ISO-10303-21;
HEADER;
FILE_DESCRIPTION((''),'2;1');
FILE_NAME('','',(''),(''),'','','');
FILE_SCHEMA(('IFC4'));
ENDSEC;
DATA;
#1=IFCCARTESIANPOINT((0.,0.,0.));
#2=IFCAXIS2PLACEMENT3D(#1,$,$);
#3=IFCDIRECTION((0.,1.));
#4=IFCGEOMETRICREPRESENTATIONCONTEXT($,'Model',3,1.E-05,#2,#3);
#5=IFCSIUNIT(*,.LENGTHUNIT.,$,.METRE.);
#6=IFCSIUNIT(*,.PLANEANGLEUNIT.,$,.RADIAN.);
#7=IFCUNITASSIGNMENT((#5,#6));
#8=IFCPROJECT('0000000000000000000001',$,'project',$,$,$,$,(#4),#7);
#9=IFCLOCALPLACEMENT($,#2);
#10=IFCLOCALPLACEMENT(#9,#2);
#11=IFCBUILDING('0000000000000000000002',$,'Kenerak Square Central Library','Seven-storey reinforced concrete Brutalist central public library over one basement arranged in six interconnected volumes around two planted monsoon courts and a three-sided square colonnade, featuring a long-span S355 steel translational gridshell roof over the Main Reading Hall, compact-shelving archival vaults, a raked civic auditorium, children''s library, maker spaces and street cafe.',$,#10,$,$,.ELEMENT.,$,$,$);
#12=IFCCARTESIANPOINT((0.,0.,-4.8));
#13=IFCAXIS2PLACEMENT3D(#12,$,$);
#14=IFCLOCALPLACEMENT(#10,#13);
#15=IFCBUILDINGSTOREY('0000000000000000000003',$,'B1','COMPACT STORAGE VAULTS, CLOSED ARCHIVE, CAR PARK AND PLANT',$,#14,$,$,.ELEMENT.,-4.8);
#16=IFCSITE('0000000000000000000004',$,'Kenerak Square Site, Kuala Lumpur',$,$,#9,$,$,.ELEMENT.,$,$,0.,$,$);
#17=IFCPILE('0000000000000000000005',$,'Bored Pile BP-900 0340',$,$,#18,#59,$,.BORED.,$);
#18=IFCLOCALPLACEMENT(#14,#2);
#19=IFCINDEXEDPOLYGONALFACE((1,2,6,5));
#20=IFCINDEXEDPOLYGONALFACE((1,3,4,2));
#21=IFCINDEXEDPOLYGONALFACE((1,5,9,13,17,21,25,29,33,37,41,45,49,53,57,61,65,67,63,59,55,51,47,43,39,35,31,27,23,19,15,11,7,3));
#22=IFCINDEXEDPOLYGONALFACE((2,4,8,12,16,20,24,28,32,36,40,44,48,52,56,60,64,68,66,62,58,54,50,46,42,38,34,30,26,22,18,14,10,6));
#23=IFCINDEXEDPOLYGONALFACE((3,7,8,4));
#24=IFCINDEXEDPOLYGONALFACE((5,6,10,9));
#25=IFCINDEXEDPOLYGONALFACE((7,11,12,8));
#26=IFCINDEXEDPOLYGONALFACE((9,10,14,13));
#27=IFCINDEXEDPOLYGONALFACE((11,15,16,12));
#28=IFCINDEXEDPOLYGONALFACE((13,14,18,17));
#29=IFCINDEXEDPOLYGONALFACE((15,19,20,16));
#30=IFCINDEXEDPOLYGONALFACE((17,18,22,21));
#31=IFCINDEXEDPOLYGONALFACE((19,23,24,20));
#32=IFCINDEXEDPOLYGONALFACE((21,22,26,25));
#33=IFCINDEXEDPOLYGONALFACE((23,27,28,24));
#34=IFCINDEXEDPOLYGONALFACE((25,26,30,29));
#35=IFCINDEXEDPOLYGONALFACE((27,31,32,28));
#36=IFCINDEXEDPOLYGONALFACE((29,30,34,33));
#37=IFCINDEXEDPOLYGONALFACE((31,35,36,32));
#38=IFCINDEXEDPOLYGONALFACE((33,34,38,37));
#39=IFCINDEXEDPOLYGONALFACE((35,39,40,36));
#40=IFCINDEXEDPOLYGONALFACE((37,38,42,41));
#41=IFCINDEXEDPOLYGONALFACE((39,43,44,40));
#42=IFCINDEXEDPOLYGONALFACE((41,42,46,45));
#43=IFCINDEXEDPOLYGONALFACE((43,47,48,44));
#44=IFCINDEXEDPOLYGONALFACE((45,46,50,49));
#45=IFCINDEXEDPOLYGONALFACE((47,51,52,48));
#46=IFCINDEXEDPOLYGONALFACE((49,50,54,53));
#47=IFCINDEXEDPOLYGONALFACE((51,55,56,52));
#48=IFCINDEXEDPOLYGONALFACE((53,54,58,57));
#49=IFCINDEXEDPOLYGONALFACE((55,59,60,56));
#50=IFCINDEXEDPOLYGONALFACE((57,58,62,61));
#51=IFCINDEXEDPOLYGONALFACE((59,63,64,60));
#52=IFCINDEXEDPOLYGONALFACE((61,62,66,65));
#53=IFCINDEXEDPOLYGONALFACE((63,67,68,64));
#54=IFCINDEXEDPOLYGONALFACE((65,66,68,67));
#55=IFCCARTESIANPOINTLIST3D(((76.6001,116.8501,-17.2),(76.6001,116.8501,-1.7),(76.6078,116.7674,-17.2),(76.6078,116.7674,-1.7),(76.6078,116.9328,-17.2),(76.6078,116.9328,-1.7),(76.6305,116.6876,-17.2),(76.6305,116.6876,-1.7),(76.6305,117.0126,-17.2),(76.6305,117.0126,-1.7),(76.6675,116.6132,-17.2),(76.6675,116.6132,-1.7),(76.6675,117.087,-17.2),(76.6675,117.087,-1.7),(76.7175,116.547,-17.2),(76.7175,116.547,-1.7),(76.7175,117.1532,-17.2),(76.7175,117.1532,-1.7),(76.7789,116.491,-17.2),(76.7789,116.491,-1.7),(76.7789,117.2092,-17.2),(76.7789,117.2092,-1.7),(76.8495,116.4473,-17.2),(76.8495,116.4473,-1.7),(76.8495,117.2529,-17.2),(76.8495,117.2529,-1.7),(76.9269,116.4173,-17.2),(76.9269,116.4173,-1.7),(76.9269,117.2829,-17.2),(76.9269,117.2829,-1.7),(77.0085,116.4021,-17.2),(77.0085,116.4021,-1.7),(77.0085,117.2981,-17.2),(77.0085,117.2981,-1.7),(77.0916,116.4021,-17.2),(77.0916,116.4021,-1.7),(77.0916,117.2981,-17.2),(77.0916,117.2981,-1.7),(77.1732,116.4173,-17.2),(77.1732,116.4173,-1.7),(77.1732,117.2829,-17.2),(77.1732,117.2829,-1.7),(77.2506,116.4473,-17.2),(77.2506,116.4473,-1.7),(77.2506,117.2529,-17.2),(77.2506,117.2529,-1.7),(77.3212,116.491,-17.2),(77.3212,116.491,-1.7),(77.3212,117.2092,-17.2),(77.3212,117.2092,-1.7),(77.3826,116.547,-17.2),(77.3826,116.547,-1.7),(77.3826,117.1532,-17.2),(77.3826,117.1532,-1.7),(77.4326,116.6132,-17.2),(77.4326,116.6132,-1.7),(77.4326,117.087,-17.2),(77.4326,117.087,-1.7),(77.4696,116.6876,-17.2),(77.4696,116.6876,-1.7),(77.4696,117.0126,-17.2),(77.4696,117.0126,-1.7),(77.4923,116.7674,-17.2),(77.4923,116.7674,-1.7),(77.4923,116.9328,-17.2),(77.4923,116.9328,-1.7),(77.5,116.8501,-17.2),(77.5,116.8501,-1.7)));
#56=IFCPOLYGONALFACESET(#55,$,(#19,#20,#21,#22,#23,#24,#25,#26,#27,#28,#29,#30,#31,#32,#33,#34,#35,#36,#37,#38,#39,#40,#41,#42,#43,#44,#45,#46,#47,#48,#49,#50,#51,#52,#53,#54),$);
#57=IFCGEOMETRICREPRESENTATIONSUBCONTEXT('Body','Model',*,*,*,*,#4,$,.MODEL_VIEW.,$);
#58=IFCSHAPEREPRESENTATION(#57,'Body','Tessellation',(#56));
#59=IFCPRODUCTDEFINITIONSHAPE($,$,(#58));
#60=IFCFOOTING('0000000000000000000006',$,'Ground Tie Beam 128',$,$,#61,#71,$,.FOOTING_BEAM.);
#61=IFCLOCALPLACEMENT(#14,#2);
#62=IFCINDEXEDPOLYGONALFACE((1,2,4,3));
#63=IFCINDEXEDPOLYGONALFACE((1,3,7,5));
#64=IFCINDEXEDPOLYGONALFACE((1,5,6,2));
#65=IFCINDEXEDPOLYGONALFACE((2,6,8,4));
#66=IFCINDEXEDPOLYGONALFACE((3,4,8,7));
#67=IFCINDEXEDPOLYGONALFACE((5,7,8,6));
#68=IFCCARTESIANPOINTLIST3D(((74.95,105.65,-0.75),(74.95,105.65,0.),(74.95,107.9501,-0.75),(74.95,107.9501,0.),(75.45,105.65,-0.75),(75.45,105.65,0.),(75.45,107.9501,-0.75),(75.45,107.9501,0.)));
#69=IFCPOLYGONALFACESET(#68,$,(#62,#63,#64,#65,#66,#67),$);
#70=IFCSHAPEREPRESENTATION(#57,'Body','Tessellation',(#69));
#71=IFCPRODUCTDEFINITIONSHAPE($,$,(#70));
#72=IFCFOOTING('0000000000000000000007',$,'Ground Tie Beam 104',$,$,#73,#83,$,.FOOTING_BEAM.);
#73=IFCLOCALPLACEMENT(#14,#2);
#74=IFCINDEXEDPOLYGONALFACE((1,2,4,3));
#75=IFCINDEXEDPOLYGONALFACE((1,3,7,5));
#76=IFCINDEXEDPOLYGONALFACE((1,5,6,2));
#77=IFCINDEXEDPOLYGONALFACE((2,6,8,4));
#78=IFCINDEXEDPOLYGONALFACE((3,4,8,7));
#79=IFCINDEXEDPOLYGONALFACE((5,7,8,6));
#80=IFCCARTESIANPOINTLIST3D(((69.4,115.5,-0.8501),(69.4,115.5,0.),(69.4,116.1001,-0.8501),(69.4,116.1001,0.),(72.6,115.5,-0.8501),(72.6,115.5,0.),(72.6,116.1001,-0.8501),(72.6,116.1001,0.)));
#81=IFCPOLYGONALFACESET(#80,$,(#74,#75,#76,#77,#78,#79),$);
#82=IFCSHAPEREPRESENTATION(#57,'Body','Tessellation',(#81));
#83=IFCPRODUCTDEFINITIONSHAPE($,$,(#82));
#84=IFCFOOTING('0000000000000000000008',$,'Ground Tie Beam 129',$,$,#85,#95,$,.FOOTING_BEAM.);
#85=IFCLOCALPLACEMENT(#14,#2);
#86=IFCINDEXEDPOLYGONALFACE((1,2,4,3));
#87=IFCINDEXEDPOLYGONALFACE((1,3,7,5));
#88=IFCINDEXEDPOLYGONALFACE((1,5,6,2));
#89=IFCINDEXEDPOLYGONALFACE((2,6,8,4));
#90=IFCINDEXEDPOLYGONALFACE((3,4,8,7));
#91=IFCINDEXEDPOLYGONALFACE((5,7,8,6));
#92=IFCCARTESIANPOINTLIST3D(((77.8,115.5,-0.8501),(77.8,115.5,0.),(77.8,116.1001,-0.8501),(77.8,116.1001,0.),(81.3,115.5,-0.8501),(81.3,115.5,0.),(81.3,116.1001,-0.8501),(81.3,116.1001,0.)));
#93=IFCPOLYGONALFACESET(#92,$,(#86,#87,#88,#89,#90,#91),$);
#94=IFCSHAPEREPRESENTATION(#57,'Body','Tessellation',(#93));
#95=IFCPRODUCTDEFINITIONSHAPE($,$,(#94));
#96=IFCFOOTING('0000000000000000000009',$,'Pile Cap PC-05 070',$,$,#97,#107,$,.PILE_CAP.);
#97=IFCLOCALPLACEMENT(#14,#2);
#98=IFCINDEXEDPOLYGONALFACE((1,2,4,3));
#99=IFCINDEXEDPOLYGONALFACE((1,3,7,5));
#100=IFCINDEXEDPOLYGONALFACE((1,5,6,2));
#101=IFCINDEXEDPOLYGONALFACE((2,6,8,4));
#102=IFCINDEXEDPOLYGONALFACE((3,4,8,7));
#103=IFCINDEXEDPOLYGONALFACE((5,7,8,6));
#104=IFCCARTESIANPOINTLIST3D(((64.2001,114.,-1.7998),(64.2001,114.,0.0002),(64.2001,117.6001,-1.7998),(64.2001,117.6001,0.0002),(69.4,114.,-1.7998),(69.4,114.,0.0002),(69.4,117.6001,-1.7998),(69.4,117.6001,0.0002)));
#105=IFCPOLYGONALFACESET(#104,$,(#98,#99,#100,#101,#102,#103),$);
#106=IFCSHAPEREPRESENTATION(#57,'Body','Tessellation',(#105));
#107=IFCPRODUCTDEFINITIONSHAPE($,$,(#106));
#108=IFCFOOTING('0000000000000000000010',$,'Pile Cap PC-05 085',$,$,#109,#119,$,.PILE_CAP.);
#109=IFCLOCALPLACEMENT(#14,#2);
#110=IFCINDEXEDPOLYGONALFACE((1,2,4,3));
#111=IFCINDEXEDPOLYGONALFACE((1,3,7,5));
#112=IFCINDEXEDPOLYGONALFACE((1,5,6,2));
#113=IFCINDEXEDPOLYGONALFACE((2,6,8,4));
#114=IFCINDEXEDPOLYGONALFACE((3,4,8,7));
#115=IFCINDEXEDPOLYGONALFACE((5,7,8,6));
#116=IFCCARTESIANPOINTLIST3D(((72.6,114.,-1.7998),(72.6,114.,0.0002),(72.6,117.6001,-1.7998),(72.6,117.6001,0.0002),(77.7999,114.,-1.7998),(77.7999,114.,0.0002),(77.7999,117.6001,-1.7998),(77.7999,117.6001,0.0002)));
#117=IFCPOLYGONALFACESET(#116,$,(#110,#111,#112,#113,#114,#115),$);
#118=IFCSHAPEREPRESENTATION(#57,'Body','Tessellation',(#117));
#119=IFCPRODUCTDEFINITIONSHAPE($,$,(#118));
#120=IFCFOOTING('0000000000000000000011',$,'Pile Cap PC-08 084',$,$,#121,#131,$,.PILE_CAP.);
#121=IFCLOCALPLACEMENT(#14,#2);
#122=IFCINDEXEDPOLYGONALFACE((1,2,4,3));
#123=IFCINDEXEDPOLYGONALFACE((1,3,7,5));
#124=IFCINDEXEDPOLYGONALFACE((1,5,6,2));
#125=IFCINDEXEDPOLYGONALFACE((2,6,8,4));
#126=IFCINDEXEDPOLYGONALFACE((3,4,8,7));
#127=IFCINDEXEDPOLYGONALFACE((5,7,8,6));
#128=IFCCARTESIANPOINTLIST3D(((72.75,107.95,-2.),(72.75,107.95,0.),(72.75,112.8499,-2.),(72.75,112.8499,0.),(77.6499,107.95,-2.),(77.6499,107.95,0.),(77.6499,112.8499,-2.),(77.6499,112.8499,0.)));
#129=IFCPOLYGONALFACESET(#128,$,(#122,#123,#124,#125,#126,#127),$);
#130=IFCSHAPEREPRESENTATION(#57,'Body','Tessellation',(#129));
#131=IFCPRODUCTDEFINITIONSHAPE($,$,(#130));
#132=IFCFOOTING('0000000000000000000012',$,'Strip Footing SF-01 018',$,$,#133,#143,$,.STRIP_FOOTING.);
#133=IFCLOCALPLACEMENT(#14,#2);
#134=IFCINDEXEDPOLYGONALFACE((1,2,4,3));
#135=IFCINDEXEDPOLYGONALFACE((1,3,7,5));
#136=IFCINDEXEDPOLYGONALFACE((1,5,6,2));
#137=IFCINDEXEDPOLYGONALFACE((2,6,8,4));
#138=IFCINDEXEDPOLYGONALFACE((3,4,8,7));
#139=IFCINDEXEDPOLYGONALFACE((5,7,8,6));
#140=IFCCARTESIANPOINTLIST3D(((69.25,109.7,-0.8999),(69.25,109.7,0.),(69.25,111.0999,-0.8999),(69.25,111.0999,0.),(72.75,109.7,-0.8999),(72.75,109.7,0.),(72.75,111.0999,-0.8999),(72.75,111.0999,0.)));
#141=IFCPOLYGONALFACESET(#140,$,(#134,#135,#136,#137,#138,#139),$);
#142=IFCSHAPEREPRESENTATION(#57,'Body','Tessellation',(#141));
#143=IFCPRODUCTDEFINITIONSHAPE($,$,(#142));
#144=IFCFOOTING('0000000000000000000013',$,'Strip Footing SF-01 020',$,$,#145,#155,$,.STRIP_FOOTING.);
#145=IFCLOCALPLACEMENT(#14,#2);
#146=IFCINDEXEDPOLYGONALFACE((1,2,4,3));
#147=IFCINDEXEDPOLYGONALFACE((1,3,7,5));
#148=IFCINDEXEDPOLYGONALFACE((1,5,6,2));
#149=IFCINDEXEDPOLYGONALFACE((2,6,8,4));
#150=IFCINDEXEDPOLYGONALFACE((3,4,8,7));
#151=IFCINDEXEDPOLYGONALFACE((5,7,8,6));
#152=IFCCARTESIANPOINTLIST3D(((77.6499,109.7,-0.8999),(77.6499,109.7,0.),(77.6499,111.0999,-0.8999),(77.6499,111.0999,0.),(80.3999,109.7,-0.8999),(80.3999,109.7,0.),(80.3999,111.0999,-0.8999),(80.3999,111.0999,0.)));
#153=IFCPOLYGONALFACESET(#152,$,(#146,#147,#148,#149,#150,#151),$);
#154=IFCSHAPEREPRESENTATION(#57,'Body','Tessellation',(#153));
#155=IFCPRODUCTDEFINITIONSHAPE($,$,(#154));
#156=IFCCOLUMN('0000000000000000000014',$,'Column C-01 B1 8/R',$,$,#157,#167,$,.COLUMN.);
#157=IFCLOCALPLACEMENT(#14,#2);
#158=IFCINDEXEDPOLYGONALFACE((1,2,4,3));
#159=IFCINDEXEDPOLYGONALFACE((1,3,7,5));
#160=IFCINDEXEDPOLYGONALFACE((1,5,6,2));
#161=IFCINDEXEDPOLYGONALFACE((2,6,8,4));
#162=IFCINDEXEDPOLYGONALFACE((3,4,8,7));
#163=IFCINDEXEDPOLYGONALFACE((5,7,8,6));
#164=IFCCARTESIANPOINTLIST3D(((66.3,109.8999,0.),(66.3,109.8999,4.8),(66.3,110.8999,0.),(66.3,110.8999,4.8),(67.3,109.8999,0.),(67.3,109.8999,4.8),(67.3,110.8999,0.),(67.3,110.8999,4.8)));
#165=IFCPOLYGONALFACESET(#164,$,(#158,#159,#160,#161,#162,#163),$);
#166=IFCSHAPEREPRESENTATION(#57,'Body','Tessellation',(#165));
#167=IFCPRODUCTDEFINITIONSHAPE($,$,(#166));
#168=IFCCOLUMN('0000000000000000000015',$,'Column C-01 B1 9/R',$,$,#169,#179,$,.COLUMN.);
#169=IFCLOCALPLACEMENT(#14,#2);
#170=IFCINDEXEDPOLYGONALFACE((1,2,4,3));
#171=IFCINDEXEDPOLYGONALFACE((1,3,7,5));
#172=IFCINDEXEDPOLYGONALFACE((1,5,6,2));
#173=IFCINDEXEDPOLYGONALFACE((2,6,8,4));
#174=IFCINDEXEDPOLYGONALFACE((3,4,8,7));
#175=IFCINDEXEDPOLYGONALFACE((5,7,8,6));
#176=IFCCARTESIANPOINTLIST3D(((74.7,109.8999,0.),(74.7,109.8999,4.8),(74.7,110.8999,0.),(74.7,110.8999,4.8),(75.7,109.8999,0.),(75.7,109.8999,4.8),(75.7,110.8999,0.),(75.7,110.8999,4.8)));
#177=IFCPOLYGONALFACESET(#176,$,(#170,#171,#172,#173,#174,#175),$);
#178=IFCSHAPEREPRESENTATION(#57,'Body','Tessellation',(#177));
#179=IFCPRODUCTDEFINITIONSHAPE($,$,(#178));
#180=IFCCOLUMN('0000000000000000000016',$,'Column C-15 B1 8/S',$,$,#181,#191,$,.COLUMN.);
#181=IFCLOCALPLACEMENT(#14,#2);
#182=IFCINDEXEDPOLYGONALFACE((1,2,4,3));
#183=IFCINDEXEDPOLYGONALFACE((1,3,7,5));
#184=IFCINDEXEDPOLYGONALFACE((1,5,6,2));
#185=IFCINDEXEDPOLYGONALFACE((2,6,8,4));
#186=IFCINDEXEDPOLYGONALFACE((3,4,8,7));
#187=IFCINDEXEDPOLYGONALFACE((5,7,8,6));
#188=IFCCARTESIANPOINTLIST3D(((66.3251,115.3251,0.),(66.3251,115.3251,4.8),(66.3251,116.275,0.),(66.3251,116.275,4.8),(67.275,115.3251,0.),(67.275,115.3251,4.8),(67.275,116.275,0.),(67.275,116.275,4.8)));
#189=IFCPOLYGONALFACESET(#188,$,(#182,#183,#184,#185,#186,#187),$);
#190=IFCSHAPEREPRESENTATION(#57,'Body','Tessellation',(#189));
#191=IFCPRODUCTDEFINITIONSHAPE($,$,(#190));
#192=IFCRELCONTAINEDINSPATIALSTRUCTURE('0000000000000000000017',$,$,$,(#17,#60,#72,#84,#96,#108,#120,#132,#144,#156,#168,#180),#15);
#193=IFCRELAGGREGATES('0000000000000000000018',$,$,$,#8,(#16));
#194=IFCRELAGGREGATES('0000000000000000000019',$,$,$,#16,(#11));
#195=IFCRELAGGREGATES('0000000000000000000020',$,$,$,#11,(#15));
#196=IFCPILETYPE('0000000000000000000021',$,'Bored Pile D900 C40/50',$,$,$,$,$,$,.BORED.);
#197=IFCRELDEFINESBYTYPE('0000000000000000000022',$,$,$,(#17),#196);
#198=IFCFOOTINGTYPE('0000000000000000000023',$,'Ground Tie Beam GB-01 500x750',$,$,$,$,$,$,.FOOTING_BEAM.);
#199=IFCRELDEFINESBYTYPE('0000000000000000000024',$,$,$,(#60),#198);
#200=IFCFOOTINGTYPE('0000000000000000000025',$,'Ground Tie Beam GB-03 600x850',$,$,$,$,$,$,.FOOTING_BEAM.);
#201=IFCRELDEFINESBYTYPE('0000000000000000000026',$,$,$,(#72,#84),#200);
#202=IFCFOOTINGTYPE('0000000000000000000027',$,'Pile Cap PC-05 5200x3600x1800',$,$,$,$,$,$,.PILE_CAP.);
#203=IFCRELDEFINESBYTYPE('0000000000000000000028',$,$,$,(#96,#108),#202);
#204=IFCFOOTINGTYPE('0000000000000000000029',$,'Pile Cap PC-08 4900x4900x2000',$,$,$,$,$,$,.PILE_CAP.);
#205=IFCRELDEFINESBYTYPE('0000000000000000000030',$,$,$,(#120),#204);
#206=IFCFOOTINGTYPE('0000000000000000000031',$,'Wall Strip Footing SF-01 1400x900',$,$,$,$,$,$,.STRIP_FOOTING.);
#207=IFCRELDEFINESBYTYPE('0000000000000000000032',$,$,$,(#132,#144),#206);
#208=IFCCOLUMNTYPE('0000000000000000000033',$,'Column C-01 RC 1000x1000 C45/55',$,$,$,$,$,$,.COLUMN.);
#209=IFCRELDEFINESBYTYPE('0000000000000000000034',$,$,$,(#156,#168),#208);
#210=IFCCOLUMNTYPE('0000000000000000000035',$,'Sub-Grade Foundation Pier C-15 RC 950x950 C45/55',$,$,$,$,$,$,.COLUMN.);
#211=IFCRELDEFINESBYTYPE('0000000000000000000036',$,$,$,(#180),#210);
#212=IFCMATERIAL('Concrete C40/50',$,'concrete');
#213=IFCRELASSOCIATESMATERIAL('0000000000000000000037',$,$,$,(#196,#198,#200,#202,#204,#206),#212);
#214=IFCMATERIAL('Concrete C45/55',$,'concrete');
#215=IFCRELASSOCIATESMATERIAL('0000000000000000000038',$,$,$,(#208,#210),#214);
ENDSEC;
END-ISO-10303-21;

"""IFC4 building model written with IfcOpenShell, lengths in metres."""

from ifc_helpers import new_model, si_unit, direction, frame, origin, origin_2d, place, context, subcontext, project, spatial, rectangle, circle, extrude, material, material_profile, profile_set, type_object, element, save


model = new_model("IFC4")

# Units and contexts
model_context = context("Model", 3, precision=1e-05, world=origin(), true_north=direction((0.0, 1.0)))
body_context = subcontext(model_context, "Body", "Model", "MODEL_VIEW")
ifc_project = project(units=[si_unit("LENGTHUNIT", "METRE"), si_unit("PLANEANGLEUNIT", "RADIAN")], contexts=[model_context])

# Site, building, storey
site_placement = place(None, origin())
site = spatial("IfcSite", under=ifc_project, at=site_placement, Name="Kenerak Square Site, Kuala Lumpur", CompositionType="ELEMENT", RefElevation=0.0)
building_placement = place(site_placement, origin())
building = spatial("IfcBuilding", under=site, at=building_placement, Name="Kenerak Square Central Library", Description="Seven-storey reinforced concrete Brutalist central public library over one basement arranged in six interconnected volumes around two planted monsoon courts and a three-sided square colonnade, featuring a long-span S355 steel translational gridshell roof over the Main Reading Hall, compact-shelving archival vaults, a raked civic auditorium, children's library, maker spaces and street cafe.", CompositionType="ELEMENT")
storey_placement = place(building_placement, frame((0.0, 0.0, -4.8)))
storey = spatial("IfcBuildingStorey", under=building, at=storey_placement, Name="B1", Description="COMPACT STORAGE VAULTS, CLOSED ARCHIVE, CAR PARK AND PLANT", CompositionType="ELEMENT", Elevation=-4.8)

# Pile
ifc_material_1 = material(Name="Concrete C40/50", Category="concrete")
ifc_material_profile_1 = material_profile(ifc_material_1, circle(Radius=0.45, at=origin_2d()), Name="BP D900")
ifc_profile_set_1 = profile_set([ifc_material_profile_1], Name="Concrete C40/50")
pile_type_1 = type_object("IfcPileType", Name="Bored Pile D900 C40/50", PredefinedType="BORED", material=ifc_profile_set_1)
for number, where, z_axis, x_axis, name in (
    (1, (77.05, 116.8501, -1.7), (0.0, 0.0, -1.0), (1.0, 0.0, 0.0), "Bored Pile BP-900 0340"),
):
    element("IfcPile", number, at=place(storey_placement, frame(where, z_axis=z_axis, x_axis=x_axis)), inside=storey, type_object=pile_type_1, Name=name, PredefinedType="BORED", context=body_context, shape_type="SweptSolid", body=[
        extrude(circle(Radius=0.45, at=origin_2d()), origin(), (0.0, 0.0, 1.0), 15.5),
    ])

# Footings
footing_type_1 = type_object("IfcFootingType", Name="Ground Tie Beam GB-01 500x750", PredefinedType="FOOTING_BEAM", material=ifc_material_1)
footing_1_placement = place(storey_placement, frame((75.2, 106.8, -0.75), z_axis=(0.0, 0.0, 1.0), x_axis=(1.0, 0.0, 0.0)))
element("IfcFooting", 2, at=footing_1_placement, inside=storey, type_object=footing_type_1, Name="Ground Tie Beam 128", PredefinedType="FOOTING_BEAM", context=body_context, shape_type="SweptSolid", body=[
    extrude(rectangle(XDim=0.5, YDim=2.3, at=origin_2d()), origin(), (0.0, 0.0, 1.0), 0.75),
])
footing_type_2 = type_object("IfcFootingType", Name="Ground Tie Beam GB-03 600x850", PredefinedType="FOOTING_BEAM", material=ifc_material_1)
footing_2_placement = place(storey_placement, frame((71.0, 115.8, -0.8501), z_axis=(0.0, 0.0, 1.0), x_axis=(1.0, 0.0, 0.0)))
element("IfcFooting", 3, at=footing_2_placement, inside=storey, type_object=footing_type_2, Name="Ground Tie Beam 104", PredefinedType="FOOTING_BEAM", context=body_context, shape_type="SweptSolid", body=[
    extrude(rectangle(XDim=3.2, YDim=0.6001, at=origin_2d()), origin(), (0.0, 0.0, 1.0), 0.8501),
])
footing_3_placement = place(storey_placement, frame((79.55, 115.8, -0.8501), z_axis=(0.0, 0.0, 1.0), x_axis=(1.0, 0.0, 0.0)))
element("IfcFooting", 4, at=footing_3_placement, inside=storey, type_object=footing_type_2, Name="Ground Tie Beam 129", PredefinedType="FOOTING_BEAM", context=body_context, shape_type="SweptSolid", body=[
    extrude(rectangle(XDim=3.5, YDim=0.6001, at=origin_2d()), origin(), (0.0, 0.0, 1.0), 0.8501),
])
footing_type_3 = type_object("IfcFootingType", Name="Pile Cap PC-05 5200x3600x1800", PredefinedType="PILE_CAP", material=ifc_material_1)
for number, where, z_axis, x_axis, name in (
    (5, (66.8, 115.8, -1.7998), (0.0, 0.0, 1.0), (1.0, 0.0, 0.0), "Pile Cap PC-05 070"),
    (6, (75.2, 115.8, -1.7998), (0.0, 0.0, 1.0), (1.0, 0.0, 0.0), "Pile Cap PC-05 085"),
):
    element("IfcFooting", number, at=place(storey_placement, frame(where, z_axis=z_axis, x_axis=x_axis)), inside=storey, type_object=footing_type_3, Name=name, PredefinedType="PILE_CAP", context=body_context, shape_type="SweptSolid", body=[
        extrude(rectangle(XDim=5.2, YDim=3.6001, at=origin_2d()), origin(), (0.0, 0.0, 1.0), 1.8),
    ])
footing_type_4 = type_object("IfcFootingType", Name="Pile Cap PC-08 4900x4900x2000", PredefinedType="PILE_CAP", material=ifc_material_1)
footing_4_placement = place(storey_placement, frame((75.2, 110.3999, -2.0), z_axis=(0.0, 0.0, 1.0), x_axis=(1.0, 0.0, 0.0)))
element("IfcFooting", 7, at=footing_4_placement, inside=storey, type_object=footing_type_4, Name="Pile Cap PC-08 084", PredefinedType="PILE_CAP", context=body_context, shape_type="SweptSolid", body=[
    extrude(rectangle(XDim=4.8999, YDim=4.8999, at=origin_2d()), origin(), (0.0, 0.0, 1.0), 2.0),
])
footing_type_5 = type_object("IfcFootingType", Name="Wall Strip Footing SF-01 1400x900", PredefinedType="STRIP_FOOTING", material=ifc_material_1)
footing_5_placement = place(storey_placement, frame((71.0, 110.3999, -0.8999), z_axis=(0.0, 0.0, 1.0), x_axis=(1.0, 0.0, 0.0)))
element("IfcFooting", 8, at=footing_5_placement, inside=storey, type_object=footing_type_5, Name="Strip Footing SF-01 018", PredefinedType="STRIP_FOOTING", context=body_context, shape_type="SweptSolid", body=[
    extrude(rectangle(XDim=3.5, YDim=1.3999, at=origin_2d()), origin(), (0.0, 0.0, 1.0), 0.8999),
])
footing_6_placement = place(storey_placement, frame((79.0249, 110.3999, -0.8999), z_axis=(0.0, 0.0, 1.0), x_axis=(1.0, 0.0, 0.0)))
element("IfcFooting", 9, at=footing_6_placement, inside=storey, type_object=footing_type_5, Name="Strip Footing SF-01 020", PredefinedType="STRIP_FOOTING", context=body_context, shape_type="SweptSolid", body=[
    extrude(rectangle(XDim=2.75, YDim=1.3999, at=origin_2d()), origin(), (0.0, 0.0, 1.0), 0.8999),
])

# Columns
ifc_material_2 = material(Name="Concrete C45/55", Category="concrete")
ifc_material_profile_2 = material_profile(ifc_material_2, rectangle(XDim=1.0, YDim=1.0, at=origin_2d()), Name="RC 1000x1000")
ifc_profile_set_2 = profile_set([ifc_material_profile_2], Name="Concrete C45/55")
column_type_1 = type_object("IfcColumnType", Name="Column C-01 RC 1000x1000 C45/55", PredefinedType="COLUMN", material=ifc_profile_set_2)
for number, where, z_axis, x_axis, name in (
    (10, (66.8, 110.3999, 0.0), (0.0, 0.0, 1.0), (1.0, 0.0, 0.0), "Column C-01 B1 8/R"),
    (11, (75.2, 110.3999, 0.0), (0.0, 0.0, 1.0), (1.0, 0.0, 0.0), "Column C-01 B1 9/R"),
):
    element("IfcColumn", number, at=place(storey_placement, frame(where, z_axis=z_axis, x_axis=x_axis)), inside=storey, type_object=column_type_1, Name=name, PredefinedType="COLUMN", context=body_context, shape_type="SweptSolid", body=[
        extrude(rectangle(XDim=1.0, YDim=1.0, at=origin_2d()), origin(), (0.0, 0.0, 1.0), 4.8),
    ])
ifc_material_profile_3 = material_profile(ifc_material_2, rectangle(XDim=0.95, YDim=0.95, at=origin_2d()), Name="RC 950x950")
ifc_profile_set_3 = profile_set([ifc_material_profile_3], Name="Concrete C45/55")
column_type_2 = type_object("IfcColumnType", Name="Sub-Grade Foundation Pier C-15 RC 950x950 C45/55", PredefinedType="COLUMN", material=ifc_profile_set_3)
for number, where, z_axis, x_axis, name in (
    (12, (66.8, 115.8, 0.0), (0.0, 0.0, 1.0), (1.0, 0.0, 0.0), "Column C-15 B1 8/S"),
):
    element("IfcColumn", number, at=place(storey_placement, frame(where, z_axis=z_axis, x_axis=x_axis)), inside=storey, type_object=column_type_2, Name=name, PredefinedType="COLUMN", context=body_context, shape_type="SweptSolid", body=[
        extrude(rectangle(XDim=0.95, YDim=0.95, at=origin_2d()), origin(), (0.0, 0.0, 1.0), 4.8),
    ])

save(model, "model.ifc")
